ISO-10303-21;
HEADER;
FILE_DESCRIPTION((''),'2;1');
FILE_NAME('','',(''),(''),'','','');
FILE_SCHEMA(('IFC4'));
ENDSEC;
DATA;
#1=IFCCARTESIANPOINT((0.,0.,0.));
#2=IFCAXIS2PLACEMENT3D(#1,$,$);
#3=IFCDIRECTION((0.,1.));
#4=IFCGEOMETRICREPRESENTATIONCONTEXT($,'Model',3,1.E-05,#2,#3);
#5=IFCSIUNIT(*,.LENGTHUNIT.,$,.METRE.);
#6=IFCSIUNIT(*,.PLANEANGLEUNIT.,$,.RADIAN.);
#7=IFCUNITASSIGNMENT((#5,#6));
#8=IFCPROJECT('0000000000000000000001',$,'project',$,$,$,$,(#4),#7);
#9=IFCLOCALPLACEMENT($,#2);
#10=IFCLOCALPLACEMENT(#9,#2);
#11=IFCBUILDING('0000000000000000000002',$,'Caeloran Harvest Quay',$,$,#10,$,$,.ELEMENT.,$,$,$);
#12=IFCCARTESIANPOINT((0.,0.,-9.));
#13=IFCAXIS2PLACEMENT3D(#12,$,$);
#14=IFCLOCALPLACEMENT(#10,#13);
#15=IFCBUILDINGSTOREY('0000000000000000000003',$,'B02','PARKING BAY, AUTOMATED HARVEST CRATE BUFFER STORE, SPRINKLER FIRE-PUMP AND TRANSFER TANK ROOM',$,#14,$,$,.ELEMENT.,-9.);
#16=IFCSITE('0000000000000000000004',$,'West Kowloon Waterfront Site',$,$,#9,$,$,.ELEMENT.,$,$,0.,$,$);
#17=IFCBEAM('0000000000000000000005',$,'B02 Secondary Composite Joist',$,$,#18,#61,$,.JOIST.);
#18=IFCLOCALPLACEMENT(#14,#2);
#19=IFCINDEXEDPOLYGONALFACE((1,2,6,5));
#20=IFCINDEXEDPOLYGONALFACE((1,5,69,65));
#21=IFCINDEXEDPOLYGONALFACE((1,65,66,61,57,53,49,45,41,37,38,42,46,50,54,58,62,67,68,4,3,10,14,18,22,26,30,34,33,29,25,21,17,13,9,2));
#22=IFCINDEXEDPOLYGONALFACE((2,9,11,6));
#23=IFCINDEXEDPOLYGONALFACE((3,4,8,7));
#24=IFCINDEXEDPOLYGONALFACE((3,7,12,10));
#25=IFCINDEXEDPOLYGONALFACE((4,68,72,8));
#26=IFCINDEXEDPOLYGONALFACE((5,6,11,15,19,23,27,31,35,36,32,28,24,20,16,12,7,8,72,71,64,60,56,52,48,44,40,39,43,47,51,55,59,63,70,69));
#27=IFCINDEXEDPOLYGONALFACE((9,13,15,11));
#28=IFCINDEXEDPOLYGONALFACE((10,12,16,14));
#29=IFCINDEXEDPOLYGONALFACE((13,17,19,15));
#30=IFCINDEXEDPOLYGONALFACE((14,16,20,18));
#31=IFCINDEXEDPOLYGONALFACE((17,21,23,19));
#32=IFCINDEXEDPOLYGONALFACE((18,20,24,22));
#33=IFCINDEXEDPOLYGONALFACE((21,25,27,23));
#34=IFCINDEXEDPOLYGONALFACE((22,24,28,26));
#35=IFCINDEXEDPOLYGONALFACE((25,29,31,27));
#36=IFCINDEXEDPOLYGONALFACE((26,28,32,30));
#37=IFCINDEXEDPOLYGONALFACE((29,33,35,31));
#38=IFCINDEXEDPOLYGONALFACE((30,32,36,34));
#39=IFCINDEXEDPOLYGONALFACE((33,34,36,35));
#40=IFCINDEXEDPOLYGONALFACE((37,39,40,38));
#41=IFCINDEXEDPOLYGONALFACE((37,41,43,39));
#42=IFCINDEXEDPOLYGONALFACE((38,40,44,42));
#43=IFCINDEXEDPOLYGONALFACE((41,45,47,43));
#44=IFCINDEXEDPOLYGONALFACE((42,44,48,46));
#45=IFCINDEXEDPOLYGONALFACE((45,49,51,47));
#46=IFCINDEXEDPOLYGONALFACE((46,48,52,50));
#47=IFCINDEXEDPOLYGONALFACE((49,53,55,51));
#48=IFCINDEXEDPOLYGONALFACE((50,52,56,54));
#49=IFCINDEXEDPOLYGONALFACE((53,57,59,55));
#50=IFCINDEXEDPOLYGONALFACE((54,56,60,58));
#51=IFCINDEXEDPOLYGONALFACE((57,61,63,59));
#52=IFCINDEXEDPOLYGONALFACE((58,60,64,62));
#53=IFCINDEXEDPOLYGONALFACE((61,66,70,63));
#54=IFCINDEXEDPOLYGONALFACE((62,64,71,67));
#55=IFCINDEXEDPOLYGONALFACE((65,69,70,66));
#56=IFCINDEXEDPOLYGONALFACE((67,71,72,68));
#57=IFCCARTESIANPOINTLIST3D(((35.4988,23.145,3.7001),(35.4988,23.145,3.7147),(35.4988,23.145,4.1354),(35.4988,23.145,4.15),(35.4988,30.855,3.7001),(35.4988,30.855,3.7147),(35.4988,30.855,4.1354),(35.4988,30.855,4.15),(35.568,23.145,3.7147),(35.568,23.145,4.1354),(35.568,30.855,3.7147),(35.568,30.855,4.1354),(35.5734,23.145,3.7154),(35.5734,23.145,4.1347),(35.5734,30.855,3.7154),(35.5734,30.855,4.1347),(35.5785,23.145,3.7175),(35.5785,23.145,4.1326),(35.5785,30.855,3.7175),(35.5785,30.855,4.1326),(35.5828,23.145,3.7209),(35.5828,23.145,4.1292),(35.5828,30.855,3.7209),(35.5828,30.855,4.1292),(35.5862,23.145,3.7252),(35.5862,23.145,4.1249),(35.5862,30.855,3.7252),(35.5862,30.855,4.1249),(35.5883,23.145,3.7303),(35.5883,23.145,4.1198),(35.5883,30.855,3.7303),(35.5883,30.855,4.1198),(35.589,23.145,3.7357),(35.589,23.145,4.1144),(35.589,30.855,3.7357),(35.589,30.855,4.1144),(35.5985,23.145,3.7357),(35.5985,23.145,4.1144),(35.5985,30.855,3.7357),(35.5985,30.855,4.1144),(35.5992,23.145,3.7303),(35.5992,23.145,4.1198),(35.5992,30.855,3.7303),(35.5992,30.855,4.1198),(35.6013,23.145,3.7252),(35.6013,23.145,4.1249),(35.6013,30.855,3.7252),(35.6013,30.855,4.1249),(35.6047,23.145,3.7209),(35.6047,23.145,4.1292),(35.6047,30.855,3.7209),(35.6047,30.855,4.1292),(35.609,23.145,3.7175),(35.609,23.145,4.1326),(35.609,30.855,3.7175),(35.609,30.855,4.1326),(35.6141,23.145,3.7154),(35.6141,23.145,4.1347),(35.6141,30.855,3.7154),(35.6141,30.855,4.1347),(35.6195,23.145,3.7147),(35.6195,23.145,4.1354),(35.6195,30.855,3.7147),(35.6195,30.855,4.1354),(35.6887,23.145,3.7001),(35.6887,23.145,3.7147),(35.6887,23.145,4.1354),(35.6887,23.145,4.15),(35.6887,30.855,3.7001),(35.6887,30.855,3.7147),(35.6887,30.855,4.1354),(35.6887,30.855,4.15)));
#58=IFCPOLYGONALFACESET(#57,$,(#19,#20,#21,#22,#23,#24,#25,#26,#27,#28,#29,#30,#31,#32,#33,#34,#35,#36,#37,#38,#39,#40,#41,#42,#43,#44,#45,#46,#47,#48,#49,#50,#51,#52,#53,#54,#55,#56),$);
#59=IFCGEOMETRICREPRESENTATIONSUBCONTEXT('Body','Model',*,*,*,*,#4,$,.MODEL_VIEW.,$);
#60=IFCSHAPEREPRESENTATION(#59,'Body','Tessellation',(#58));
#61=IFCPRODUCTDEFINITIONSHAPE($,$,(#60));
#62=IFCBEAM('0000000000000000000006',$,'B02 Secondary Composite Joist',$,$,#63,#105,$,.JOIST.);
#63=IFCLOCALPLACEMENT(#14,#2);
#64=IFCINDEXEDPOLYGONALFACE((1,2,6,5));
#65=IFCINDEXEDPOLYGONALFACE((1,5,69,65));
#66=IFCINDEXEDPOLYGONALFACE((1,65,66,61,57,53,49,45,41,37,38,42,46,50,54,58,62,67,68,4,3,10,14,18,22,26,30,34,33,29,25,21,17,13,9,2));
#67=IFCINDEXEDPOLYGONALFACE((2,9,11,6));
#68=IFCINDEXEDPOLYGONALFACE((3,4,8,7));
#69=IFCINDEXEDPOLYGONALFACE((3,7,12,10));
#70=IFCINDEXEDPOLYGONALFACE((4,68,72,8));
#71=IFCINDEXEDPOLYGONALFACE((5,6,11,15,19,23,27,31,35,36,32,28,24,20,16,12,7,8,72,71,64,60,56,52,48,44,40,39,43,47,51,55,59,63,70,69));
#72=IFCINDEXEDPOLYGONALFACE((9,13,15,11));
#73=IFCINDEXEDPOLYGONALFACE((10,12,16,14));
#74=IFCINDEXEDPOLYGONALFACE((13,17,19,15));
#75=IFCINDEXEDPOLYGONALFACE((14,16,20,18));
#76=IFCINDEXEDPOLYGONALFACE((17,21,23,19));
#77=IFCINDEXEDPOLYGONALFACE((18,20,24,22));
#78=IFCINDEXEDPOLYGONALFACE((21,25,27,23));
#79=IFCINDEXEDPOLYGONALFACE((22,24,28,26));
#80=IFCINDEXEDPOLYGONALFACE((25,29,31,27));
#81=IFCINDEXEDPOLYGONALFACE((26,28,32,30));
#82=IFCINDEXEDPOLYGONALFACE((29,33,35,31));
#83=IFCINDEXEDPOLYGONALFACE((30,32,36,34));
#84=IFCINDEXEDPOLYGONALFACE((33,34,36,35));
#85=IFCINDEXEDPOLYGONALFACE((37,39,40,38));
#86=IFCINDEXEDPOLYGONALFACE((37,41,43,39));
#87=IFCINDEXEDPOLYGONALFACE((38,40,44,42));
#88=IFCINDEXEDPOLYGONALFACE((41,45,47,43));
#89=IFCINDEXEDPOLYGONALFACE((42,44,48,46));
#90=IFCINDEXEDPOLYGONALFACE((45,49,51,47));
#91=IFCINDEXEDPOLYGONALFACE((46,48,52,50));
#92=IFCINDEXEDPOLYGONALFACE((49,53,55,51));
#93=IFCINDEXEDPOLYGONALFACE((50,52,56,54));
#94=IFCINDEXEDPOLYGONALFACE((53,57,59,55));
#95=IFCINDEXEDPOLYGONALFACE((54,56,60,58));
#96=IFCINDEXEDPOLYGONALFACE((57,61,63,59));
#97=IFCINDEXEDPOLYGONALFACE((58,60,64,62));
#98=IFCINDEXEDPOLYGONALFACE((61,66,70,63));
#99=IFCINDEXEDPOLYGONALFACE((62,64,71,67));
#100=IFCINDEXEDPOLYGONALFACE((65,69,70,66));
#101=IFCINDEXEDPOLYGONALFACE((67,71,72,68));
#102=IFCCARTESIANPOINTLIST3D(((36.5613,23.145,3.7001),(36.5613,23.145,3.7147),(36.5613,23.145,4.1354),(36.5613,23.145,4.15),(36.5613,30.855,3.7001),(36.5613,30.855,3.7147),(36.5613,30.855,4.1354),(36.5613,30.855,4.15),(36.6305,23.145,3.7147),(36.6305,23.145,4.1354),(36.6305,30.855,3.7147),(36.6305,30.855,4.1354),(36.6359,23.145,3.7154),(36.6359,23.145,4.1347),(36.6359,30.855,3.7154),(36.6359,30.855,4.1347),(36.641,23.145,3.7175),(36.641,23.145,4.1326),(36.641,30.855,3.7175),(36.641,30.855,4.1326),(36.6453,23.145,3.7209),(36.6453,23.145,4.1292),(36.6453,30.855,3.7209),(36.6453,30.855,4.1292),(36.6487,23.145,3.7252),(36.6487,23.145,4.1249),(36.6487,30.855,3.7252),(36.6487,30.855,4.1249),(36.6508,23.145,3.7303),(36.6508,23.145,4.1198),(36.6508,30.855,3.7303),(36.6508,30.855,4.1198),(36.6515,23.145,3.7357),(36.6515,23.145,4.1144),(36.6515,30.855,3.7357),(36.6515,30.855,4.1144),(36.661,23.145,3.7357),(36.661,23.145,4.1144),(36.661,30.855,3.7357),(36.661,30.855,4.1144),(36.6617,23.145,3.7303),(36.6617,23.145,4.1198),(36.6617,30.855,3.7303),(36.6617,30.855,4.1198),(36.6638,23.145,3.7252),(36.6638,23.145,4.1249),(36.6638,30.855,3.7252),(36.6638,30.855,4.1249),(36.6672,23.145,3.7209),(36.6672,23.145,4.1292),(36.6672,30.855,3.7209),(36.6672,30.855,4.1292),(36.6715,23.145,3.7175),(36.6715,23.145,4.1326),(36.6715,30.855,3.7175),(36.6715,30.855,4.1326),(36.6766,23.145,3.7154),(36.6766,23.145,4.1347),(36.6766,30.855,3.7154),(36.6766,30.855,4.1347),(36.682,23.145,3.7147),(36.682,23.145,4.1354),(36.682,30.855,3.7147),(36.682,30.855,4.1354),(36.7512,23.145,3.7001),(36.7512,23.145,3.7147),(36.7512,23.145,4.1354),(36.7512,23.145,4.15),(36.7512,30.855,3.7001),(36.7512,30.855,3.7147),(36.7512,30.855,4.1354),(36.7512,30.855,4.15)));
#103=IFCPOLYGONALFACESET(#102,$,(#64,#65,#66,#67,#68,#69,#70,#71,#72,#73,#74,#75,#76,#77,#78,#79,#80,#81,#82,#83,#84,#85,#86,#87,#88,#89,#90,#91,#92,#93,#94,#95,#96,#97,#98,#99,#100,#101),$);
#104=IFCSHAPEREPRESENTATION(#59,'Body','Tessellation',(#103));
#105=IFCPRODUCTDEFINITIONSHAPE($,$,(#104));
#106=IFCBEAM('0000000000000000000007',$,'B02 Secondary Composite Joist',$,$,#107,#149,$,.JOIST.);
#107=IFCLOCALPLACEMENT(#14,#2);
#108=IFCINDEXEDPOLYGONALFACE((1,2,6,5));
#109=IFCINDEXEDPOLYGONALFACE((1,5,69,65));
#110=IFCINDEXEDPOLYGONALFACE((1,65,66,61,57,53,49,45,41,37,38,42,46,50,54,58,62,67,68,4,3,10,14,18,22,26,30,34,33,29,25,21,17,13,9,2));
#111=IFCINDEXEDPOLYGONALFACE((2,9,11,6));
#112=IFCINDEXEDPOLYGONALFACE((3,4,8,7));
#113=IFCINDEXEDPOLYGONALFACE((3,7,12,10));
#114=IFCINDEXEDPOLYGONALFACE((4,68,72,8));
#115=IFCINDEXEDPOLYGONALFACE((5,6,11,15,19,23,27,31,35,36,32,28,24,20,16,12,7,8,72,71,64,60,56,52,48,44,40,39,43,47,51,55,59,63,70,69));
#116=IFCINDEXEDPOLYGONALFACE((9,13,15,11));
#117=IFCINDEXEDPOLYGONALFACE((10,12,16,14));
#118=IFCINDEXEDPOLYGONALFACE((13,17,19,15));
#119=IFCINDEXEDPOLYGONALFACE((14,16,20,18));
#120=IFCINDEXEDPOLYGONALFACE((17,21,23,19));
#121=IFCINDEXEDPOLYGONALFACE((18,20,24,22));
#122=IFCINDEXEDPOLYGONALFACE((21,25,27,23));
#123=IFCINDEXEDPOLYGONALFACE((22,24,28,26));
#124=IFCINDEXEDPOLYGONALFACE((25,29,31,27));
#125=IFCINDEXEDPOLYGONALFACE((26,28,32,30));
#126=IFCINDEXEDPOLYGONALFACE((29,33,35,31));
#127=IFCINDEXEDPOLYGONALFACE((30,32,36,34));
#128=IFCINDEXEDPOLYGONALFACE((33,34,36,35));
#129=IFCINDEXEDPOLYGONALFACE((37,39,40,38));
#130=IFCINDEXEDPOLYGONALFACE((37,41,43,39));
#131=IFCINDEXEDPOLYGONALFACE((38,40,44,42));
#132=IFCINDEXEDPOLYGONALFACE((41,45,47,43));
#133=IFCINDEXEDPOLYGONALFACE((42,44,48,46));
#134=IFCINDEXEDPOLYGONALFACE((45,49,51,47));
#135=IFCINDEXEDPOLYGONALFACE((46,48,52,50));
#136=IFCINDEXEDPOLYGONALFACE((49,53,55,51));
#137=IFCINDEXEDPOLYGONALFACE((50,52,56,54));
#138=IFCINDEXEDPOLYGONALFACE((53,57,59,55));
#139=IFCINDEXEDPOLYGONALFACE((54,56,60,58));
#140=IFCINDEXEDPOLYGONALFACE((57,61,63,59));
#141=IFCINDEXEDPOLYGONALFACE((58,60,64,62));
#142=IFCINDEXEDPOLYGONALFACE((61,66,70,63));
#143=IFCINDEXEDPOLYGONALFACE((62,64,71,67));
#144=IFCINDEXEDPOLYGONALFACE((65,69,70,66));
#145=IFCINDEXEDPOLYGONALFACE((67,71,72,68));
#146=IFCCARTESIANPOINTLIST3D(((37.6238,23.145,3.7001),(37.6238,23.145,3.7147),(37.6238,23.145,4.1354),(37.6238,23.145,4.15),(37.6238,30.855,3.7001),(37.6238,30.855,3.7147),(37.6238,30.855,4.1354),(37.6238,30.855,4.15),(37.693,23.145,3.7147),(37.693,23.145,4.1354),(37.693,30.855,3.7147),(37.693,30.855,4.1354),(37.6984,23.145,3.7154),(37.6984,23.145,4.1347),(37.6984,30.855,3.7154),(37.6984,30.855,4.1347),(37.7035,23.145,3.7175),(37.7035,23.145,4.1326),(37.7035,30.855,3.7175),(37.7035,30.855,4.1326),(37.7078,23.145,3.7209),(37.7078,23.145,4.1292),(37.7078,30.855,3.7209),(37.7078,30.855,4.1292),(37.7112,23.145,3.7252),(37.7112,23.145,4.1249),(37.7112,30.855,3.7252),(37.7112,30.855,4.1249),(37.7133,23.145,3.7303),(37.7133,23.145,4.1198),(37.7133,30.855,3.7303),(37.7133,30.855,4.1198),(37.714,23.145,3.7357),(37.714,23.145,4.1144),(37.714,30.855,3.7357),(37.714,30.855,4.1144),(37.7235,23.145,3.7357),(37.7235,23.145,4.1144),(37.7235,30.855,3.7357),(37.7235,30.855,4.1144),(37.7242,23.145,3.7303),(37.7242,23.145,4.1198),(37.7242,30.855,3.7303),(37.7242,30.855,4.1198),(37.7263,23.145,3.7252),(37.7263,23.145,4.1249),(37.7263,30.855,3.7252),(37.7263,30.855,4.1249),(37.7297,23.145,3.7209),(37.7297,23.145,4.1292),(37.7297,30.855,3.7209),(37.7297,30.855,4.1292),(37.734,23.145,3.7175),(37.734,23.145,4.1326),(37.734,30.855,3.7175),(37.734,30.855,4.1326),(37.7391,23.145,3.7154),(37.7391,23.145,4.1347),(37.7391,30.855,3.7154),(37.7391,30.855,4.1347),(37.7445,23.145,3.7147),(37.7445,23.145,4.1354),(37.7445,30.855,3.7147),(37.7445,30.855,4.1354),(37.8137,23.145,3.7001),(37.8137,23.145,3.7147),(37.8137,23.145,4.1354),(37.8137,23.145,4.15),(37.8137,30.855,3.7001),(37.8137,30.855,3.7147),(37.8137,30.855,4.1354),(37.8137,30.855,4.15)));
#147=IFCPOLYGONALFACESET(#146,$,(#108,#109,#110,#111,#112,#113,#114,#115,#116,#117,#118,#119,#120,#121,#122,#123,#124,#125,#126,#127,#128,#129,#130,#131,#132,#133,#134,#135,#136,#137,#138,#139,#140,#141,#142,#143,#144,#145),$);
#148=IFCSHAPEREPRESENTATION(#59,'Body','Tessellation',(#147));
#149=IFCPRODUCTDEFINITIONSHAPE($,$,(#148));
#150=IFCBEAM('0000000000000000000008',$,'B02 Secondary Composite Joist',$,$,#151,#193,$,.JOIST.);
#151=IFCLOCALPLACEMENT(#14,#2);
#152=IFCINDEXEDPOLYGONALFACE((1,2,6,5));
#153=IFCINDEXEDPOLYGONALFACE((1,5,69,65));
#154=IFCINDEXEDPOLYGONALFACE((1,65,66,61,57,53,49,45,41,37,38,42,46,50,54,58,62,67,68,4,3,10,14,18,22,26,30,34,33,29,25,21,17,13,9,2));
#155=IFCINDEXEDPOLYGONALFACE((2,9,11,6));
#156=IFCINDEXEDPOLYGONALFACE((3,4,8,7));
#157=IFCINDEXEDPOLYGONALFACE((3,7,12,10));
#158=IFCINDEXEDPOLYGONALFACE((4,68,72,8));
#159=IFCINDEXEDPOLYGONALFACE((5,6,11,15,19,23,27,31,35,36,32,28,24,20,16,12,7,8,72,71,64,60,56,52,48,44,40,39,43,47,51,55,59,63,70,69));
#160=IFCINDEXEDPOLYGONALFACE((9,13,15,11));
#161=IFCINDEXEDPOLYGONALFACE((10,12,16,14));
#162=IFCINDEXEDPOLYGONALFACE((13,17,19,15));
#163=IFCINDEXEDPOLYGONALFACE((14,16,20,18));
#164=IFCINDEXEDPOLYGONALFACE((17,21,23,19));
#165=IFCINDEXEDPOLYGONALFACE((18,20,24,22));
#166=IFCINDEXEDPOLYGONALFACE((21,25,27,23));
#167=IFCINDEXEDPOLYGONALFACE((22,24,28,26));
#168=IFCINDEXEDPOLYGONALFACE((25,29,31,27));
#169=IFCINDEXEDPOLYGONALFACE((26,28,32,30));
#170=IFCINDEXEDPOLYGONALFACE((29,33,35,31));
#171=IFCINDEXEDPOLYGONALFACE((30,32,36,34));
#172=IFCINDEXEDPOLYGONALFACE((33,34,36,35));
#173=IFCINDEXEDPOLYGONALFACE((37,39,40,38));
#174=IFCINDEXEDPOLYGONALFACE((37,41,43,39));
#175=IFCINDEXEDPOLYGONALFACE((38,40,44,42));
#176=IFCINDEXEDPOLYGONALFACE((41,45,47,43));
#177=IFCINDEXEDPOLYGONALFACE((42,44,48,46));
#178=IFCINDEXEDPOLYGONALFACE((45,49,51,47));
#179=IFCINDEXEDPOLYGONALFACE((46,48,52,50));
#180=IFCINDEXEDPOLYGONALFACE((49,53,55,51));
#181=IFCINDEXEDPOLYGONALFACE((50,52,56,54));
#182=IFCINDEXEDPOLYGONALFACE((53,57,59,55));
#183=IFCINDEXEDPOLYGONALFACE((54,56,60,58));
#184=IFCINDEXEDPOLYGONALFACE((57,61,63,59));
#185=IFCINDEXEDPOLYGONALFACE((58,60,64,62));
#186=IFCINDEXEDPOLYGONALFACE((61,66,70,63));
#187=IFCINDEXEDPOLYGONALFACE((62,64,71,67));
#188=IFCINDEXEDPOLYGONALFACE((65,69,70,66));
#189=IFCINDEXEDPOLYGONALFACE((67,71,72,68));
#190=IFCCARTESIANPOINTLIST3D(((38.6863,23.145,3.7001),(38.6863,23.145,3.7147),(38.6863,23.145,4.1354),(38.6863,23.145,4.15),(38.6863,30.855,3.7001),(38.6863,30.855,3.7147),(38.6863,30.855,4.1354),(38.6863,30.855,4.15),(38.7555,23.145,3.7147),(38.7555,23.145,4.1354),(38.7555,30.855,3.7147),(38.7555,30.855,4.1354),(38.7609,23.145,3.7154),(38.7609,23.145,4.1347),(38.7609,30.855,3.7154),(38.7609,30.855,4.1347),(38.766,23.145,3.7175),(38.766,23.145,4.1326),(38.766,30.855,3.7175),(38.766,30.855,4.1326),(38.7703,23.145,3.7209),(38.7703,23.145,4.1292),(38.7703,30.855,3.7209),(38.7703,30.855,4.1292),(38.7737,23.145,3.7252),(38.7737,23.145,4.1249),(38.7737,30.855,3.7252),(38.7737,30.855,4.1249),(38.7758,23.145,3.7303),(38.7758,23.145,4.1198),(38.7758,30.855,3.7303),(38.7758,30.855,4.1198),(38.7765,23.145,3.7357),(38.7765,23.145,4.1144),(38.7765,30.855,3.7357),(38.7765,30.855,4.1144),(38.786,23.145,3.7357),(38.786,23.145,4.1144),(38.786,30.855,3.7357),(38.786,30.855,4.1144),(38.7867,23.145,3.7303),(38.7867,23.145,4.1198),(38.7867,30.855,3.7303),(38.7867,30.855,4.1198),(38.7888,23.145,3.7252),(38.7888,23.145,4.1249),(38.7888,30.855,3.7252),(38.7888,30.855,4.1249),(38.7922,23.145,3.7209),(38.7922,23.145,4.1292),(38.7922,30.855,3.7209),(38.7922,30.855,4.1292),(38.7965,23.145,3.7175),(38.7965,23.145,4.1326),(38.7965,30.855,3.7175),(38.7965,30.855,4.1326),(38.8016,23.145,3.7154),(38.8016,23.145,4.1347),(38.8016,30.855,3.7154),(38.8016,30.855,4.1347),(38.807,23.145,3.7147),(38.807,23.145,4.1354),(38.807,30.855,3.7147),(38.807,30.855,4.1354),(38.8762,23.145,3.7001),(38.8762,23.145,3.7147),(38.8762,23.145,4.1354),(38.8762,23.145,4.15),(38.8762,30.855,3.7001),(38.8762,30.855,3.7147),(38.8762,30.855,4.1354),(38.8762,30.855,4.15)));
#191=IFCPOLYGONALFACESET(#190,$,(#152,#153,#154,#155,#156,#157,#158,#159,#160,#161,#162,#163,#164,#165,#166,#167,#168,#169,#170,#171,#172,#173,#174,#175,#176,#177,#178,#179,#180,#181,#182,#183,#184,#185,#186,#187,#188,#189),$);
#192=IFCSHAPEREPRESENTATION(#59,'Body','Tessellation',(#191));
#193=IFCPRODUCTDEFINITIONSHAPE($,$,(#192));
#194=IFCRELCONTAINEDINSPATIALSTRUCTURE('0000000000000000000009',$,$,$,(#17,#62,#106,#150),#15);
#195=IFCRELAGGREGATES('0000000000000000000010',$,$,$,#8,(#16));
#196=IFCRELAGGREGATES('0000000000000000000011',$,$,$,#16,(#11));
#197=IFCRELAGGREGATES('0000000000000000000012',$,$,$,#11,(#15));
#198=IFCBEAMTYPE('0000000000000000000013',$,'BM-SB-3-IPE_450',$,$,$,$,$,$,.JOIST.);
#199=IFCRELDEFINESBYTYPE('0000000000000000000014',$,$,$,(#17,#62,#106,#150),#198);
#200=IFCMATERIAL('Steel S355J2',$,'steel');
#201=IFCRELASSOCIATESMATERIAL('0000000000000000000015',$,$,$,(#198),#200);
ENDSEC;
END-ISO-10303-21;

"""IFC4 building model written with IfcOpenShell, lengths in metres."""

from ifc_helpers import new_model, si_unit, direction, frame, origin, origin_2d, place, context, subcontext, project, spatial, i_section, extrude, material, material_profile, profile_set, type_object, element, save


model = new_model("IFC4")

# Units and contexts
model_context = context("Model", 3, precision=1e-05, world=origin(), true_north=direction((0.0, 1.0)))
body_context = subcontext(model_context, "Body", "Model", "MODEL_VIEW")
ifc_project = project(units=[si_unit("LENGTHUNIT", "METRE"), si_unit("PLANEANGLEUNIT", "RADIAN")], contexts=[model_context])

# Site, building, storey
site_placement = place(None, origin())
site = spatial("IfcSite", under=ifc_project, at=site_placement, Name="West Kowloon Waterfront Site", CompositionType="ELEMENT", RefElevation=0.0)
building_placement = place(site_placement, origin())
building = spatial("IfcBuilding", under=site, at=building_placement, Name="Caeloran Harvest Quay", CompositionType="ELEMENT")
storey_placement = place(building_placement, frame((0.0, 0.0, -9.0)))
storey = spatial("IfcBuildingStorey", under=building, at=storey_placement, Name="B02", Description="PARKING BAY, AUTOMATED HARVEST CRATE BUFFER STORE, SPRINKLER FIRE-PUMP AND TRANSFER TANK ROOM", CompositionType="ELEMENT", Elevation=-9.0)

# Beams
ifc_material_1 = material(Name="Steel S355J2", Category="steel")
ifc_material_profile_1 = material_profile(ifc_material_1, i_section(OverallWidth=0.1899, OverallDepth=0.45, WebThickness=0.0095, FlangeThickness=0.0146, FilletRadius=0.021, at=origin_2d()), Name="IPE 450")
ifc_profile_set_1 = profile_set([ifc_material_profile_1], Name="Steel S355J2")
beam_type_1 = type_object("IfcBeamType", Name="BM-SB-3-IPE_450", PredefinedType="JOIST", material=ifc_profile_set_1)
for number, where, z_axis, x_axis, name in (
    (1, (35.5938, 23.145, 3.925), (0.0, 1.0, 0.0), (-1.0, 0.0, 0.0), "B02 Secondary Composite Joist"),
    (2, (36.6562, 23.145, 3.925), (0.0, 1.0, 0.0), (-1.0, 0.0, 0.0), "B02 Secondary Composite Joist"),
    (3, (37.7188, 23.145, 3.925), (0.0, 1.0, 0.0), (-1.0, 0.0, 0.0), "B02 Secondary Composite Joist"),
    (4, (38.7812, 23.145, 3.925), (0.0, 1.0, 0.0), (-1.0, 0.0, 0.0), "B02 Secondary Composite Joist"),
):
    element("IfcBeam", number, at=place(storey_placement, frame(where, z_axis=z_axis, x_axis=x_axis)), inside=storey, type_object=beam_type_1, Name=name, PredefinedType="JOIST", context=body_context, shape_type="SweptSolid", body=[
        extrude(i_section(OverallWidth=0.1899, OverallDepth=0.45, WebThickness=0.0095, FlangeThickness=0.0146, FilletRadius=0.021, at=origin_2d()), origin(), (0.0, 0.0, 1.0), 7.71),
    ])

save(model, "model.ifc")
